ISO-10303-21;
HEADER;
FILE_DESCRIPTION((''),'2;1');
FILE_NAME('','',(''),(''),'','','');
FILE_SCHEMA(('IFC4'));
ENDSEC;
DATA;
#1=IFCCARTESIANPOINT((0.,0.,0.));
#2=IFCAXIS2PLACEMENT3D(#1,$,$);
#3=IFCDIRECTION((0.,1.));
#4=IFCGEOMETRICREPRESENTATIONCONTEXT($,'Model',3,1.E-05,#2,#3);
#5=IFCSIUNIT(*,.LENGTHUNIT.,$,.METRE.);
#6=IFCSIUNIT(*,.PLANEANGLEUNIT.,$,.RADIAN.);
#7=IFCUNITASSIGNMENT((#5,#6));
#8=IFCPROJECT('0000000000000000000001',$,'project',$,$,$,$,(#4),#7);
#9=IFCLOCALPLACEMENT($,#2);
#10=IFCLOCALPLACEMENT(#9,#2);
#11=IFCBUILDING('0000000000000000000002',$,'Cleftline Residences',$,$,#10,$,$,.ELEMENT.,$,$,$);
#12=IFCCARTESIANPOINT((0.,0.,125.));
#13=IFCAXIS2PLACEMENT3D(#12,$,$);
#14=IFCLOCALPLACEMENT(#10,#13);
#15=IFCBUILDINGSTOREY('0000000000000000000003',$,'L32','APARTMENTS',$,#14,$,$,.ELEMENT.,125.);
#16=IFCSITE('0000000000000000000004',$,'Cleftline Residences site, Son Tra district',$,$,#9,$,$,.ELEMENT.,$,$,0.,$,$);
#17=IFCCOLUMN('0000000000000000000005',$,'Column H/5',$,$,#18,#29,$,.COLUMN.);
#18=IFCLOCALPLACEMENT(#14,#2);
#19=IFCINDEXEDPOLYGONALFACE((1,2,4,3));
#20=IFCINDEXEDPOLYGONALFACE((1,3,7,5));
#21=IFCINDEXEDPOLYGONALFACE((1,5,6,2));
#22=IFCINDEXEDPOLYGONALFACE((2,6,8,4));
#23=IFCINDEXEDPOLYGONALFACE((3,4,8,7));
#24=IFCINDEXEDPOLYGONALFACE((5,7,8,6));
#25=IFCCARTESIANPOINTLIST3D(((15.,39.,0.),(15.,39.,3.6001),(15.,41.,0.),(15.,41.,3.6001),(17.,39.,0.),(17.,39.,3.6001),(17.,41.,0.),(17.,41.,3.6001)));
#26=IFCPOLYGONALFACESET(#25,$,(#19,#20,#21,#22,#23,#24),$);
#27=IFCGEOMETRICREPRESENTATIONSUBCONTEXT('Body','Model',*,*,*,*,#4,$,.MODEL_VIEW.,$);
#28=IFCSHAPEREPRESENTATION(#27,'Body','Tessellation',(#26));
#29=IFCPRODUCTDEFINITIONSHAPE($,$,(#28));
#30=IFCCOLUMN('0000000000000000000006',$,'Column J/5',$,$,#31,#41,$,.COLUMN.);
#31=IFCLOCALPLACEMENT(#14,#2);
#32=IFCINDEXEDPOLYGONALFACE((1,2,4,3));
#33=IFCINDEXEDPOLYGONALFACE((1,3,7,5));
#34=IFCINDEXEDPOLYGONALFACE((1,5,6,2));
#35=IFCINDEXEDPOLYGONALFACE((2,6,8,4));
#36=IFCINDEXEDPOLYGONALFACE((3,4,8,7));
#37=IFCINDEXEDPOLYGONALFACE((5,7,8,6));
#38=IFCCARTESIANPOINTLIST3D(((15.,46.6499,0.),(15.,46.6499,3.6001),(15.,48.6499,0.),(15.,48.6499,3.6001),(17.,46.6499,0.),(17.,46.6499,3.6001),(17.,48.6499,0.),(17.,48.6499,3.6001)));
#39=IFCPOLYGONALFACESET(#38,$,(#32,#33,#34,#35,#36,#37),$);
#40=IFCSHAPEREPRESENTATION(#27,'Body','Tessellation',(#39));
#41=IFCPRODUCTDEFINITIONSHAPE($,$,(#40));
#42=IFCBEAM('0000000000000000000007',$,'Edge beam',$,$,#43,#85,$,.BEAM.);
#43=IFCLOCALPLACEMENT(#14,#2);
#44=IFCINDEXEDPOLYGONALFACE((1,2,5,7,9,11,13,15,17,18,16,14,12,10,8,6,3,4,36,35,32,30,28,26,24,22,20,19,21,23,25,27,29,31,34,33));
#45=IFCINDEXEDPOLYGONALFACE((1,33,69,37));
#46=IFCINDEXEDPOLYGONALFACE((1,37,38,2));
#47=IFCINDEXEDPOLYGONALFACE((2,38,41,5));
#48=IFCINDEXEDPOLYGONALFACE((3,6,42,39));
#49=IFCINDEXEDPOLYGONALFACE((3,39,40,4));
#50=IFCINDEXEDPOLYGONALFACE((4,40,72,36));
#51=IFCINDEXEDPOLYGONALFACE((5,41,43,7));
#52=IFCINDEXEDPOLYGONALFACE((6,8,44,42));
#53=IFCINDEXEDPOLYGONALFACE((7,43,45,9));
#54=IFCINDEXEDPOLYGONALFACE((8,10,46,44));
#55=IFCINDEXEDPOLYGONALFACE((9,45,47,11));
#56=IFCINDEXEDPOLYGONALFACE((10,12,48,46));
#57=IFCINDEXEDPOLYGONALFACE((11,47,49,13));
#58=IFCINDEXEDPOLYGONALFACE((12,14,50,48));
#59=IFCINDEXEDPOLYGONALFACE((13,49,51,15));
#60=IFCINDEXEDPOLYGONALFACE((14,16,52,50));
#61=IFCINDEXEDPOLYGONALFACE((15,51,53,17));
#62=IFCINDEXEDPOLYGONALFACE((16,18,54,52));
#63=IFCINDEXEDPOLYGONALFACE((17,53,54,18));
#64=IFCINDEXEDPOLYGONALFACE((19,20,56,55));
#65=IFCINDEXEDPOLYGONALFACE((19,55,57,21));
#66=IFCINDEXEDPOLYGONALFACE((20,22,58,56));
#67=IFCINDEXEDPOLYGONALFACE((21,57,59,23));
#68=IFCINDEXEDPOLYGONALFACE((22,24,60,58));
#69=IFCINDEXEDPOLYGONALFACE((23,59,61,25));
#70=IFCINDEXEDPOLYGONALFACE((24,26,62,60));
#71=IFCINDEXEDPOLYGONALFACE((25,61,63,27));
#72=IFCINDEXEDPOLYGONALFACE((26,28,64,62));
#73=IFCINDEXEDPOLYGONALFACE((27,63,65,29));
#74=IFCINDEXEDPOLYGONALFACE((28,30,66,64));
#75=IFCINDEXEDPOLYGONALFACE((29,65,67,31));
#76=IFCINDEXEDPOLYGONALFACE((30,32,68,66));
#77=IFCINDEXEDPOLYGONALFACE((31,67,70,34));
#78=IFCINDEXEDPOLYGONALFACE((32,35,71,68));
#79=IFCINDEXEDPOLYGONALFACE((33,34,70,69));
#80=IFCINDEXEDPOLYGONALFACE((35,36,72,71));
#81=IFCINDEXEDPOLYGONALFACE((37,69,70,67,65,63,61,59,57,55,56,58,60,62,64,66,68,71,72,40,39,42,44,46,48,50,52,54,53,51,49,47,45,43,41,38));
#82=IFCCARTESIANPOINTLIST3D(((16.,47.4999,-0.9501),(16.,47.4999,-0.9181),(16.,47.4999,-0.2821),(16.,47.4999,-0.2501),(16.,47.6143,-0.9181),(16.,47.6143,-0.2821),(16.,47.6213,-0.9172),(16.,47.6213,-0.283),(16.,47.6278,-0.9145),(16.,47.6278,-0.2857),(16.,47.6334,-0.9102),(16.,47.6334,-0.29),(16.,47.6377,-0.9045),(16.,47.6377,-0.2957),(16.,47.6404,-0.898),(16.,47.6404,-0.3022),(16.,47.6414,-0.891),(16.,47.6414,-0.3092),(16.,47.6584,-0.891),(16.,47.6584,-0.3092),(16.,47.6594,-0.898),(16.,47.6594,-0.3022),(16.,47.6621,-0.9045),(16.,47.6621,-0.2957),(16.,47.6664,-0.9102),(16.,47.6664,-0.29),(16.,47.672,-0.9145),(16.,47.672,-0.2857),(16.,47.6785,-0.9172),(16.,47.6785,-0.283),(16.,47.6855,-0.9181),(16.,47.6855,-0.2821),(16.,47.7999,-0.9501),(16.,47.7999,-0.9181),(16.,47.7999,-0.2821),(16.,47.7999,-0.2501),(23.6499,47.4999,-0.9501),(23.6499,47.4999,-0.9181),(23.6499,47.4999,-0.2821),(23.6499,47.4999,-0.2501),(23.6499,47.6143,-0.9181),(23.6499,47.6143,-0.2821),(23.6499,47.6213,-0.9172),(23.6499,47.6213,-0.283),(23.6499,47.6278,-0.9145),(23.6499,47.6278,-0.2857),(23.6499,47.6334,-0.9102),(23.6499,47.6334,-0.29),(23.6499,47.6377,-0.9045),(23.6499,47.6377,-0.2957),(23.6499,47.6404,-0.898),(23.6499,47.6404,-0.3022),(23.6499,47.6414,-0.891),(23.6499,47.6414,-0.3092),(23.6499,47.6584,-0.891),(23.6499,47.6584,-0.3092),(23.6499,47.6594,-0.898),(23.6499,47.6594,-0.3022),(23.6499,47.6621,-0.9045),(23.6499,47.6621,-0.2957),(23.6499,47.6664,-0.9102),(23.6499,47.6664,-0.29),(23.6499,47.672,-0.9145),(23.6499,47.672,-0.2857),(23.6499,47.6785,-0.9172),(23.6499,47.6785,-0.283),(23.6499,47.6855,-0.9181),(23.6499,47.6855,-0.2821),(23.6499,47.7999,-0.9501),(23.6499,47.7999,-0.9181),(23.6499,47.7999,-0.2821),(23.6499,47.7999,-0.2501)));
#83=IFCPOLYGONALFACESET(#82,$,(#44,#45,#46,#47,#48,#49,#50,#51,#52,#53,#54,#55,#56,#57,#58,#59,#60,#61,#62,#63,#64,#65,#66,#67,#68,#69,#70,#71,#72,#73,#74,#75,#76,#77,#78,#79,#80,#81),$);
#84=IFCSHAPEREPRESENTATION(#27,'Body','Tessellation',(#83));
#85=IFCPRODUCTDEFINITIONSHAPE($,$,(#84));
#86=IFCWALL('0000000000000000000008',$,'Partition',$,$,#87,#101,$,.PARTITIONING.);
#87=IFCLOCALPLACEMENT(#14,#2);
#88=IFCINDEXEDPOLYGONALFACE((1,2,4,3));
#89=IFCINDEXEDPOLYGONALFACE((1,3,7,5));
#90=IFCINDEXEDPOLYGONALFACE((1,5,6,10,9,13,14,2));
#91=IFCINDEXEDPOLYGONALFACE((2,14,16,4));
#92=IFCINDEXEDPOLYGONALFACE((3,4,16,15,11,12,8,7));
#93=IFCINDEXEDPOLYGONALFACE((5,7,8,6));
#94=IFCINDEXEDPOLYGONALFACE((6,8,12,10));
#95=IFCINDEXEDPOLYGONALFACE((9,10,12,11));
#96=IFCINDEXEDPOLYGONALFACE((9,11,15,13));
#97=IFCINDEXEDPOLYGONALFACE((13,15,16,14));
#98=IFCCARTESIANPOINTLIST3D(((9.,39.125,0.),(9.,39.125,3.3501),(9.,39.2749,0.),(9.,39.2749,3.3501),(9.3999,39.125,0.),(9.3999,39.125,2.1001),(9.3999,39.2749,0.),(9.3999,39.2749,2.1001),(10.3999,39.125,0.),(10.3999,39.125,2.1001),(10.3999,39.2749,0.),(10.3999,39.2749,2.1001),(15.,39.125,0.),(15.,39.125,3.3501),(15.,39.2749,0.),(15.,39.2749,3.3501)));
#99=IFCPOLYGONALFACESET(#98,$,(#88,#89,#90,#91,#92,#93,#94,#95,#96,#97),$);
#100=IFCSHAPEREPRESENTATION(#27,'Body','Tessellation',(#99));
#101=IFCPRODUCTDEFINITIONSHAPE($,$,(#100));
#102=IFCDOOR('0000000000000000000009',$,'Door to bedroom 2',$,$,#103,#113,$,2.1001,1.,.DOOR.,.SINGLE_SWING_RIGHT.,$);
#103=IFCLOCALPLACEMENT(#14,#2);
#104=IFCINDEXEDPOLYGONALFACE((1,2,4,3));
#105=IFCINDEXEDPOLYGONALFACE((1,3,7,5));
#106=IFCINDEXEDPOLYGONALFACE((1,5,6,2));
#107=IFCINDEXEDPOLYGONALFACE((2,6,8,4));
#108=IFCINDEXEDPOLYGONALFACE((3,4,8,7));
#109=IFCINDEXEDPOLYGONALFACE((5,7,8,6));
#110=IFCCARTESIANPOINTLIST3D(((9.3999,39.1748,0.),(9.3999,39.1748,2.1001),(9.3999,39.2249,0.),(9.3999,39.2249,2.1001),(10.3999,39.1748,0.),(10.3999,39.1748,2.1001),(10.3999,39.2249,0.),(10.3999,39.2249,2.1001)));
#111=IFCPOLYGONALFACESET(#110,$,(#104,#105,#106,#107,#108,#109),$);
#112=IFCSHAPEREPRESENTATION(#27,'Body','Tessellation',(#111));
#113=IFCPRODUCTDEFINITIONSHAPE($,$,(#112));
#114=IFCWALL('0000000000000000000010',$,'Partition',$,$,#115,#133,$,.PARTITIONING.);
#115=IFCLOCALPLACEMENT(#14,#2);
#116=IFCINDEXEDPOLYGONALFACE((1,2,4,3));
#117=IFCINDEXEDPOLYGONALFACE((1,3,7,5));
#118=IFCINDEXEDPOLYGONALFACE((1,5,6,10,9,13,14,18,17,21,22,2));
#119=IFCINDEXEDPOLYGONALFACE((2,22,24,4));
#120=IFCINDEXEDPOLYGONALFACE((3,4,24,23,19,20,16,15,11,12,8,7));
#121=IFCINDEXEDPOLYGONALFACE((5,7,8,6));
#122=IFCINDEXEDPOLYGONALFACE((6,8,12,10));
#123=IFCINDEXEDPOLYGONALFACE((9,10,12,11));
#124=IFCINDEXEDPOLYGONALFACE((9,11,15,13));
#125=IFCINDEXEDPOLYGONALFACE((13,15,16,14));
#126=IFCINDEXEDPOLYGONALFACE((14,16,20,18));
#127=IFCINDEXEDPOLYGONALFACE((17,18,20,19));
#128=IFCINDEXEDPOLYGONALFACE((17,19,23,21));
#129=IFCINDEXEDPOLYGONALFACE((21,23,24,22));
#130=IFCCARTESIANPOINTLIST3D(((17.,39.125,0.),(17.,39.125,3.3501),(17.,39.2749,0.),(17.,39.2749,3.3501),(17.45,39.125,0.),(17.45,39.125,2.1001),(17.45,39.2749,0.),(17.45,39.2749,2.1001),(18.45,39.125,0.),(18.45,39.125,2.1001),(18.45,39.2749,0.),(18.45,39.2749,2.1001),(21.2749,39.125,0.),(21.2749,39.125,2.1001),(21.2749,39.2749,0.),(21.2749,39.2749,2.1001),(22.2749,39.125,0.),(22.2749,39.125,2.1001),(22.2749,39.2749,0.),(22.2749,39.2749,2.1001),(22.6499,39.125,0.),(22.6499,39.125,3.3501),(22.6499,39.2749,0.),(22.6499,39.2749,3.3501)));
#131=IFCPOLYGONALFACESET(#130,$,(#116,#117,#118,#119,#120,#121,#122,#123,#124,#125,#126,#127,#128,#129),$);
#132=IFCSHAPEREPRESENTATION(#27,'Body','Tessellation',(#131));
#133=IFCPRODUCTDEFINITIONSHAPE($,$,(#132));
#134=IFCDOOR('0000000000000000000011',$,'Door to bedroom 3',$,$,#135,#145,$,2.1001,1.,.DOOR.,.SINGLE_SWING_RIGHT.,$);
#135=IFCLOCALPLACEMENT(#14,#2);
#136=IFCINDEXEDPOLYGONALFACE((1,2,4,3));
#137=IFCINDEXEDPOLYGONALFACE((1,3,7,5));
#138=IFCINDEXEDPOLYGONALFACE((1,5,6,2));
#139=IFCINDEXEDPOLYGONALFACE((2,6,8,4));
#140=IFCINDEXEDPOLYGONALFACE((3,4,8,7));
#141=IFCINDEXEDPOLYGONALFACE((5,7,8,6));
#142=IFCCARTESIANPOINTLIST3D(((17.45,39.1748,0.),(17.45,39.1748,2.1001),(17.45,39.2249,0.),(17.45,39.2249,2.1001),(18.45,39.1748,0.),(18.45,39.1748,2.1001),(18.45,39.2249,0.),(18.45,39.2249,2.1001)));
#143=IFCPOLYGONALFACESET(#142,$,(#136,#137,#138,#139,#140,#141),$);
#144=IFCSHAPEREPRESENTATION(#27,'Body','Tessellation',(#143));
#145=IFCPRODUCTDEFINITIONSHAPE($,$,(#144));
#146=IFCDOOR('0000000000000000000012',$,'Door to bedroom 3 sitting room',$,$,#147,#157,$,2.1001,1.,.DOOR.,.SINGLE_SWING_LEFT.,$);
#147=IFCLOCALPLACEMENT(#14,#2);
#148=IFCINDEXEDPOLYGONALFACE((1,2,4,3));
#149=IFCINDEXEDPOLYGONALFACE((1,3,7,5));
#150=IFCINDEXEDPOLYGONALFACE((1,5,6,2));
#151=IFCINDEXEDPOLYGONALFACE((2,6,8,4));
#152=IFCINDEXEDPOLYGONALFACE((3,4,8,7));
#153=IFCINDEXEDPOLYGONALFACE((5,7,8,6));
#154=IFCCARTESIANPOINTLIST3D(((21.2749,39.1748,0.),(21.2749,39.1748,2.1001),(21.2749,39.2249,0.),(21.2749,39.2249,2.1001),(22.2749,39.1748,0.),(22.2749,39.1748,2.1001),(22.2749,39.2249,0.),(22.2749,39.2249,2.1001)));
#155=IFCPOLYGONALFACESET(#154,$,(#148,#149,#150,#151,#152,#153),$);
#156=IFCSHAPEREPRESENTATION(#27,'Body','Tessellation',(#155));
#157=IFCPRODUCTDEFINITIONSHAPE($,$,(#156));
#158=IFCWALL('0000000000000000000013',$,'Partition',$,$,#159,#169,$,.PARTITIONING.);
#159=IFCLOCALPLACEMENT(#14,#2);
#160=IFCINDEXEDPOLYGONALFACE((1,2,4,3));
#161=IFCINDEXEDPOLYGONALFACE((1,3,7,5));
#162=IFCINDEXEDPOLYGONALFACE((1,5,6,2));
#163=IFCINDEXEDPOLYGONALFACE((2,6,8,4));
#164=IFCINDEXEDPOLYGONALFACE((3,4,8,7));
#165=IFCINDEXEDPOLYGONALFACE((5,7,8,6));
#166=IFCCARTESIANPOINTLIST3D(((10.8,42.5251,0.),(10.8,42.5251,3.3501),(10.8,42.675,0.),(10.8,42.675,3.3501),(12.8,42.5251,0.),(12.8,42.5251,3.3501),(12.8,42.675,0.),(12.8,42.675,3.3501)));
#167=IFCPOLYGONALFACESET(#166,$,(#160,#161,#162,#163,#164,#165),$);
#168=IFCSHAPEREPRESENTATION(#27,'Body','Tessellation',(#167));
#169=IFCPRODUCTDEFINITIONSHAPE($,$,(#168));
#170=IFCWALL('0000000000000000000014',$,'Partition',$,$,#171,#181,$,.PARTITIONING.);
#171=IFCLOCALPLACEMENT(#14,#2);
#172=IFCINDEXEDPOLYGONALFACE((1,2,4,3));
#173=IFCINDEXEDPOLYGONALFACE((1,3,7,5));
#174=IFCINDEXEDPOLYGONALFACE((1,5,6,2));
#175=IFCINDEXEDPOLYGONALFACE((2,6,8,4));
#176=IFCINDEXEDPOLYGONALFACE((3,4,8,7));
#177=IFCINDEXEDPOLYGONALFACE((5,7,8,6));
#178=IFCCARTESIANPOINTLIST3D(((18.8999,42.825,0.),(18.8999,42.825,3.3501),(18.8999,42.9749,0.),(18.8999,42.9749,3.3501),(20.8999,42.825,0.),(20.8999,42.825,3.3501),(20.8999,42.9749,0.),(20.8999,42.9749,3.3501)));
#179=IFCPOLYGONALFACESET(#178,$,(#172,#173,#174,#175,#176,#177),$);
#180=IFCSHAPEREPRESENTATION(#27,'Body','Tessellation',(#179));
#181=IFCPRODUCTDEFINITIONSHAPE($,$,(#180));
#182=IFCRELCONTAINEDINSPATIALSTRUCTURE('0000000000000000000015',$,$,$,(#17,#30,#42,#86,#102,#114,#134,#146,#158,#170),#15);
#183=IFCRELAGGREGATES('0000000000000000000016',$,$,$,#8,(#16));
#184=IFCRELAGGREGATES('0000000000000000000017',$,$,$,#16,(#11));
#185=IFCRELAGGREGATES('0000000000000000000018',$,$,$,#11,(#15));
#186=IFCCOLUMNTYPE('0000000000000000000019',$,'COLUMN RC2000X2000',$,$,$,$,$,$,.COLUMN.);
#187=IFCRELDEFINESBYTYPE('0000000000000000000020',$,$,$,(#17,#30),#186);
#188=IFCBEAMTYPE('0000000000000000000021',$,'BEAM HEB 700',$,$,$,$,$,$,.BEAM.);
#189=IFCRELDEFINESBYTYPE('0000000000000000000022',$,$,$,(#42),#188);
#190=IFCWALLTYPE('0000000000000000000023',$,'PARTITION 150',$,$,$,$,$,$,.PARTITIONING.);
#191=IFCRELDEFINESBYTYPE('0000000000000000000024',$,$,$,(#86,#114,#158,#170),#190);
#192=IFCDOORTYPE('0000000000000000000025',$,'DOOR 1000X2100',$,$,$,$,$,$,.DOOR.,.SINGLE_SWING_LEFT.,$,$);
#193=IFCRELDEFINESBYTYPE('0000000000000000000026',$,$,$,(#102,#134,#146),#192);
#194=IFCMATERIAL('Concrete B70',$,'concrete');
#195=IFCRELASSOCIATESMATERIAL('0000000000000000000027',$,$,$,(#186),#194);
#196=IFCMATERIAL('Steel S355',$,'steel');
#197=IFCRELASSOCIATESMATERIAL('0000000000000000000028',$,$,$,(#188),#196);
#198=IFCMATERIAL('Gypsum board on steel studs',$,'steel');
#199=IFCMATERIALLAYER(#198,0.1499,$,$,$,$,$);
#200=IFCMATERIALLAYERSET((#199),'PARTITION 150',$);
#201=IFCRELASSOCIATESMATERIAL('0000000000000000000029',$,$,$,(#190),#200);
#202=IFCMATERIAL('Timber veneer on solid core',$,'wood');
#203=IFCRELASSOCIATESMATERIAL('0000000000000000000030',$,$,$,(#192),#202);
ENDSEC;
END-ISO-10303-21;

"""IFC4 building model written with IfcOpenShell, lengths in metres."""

from ifc_helpers import new_model, si_unit, direction, frame, frame_2d, origin, origin_2d, place, context, subcontext, project, spatial, rectangle, i_section, extrude, material, layer, layer_set, material_profile, profile_set, type_object, element, fill, save


model = new_model("IFC4")

# Units and contexts
model_context = context("Model", 3, precision=1e-05, world=origin(), true_north=direction((0.0, 1.0)))
body_context = subcontext(model_context, "Body", "Model", "MODEL_VIEW")
ifc_project = project(units=[si_unit("LENGTHUNIT", "METRE"), si_unit("PLANEANGLEUNIT", "RADIAN")], contexts=[model_context])

# Site, building, storey
site_placement = place(None, origin())
site = spatial("IfcSite", under=ifc_project, at=site_placement, Name="Cleftline Residences site, Son Tra district", CompositionType="ELEMENT", RefElevation=0.0)
building_placement = place(site_placement, origin())
building = spatial("IfcBuilding", under=site, at=building_placement, Name="Cleftline Residences", CompositionType="ELEMENT")
storey_placement = place(building_placement, frame((0.0, 0.0, 125.0)))
storey = spatial("IfcBuildingStorey", under=building, at=storey_placement, Name="L32", Description="APARTMENTS", CompositionType="ELEMENT", Elevation=125.0)

# Columns
ifc_material_1 = material(Name="Concrete B70", Category="concrete")
ifc_material_profile_1 = material_profile(ifc_material_1, rectangle(XDim=2.0, YDim=2.0, at=origin_2d()))
ifc_profile_set_1 = profile_set([ifc_material_profile_1], Name="Concrete B70")
column_type = type_object("IfcColumnType", Name="COLUMN RC2000X2000", PredefinedType="COLUMN", material=ifc_profile_set_1)
for number, where, z_axis, x_axis, name in (
    (1, (16.0, 40.0, 0.0), (0.0, 0.0, 1.0), (1.0, 0.0, 0.0), "Column H/5"),
    (2, (16.0, 47.6499, 0.0), (0.0, 0.0, 1.0), (1.0, 0.0, 0.0), "Column J/5"),
):
    element("IfcColumn", number, at=place(storey_placement, frame(where, z_axis=z_axis, x_axis=x_axis)), inside=storey, type_object=column_type, Name=name, PredefinedType="COLUMN", context=body_context, shape_type="SweptSolid", body=[
        extrude(rectangle(XDim=2.0, YDim=2.0, at=origin_2d()), origin(), (0.0, 0.0, 1.0), 3.6001),
    ])

# Beam
ifc_material_2 = material(Name="Steel S355", Category="steel")
ifc_material_profile_2 = material_profile(ifc_material_2, i_section(OverallWidth=0.3, OverallDepth=0.7, WebThickness=0.0171, FlangeThickness=0.032, FilletRadius=0.0271, at=origin_2d()))
ifc_profile_set_2 = profile_set([ifc_material_profile_2], Name="Steel S355")
beam_type = type_object("IfcBeamType", Name="BEAM HEB 700", PredefinedType="BEAM", material=ifc_profile_set_2)
beam_placement = place(storey_placement, frame((16.0, 47.6499, -0.6001), z_axis=(1.0, 0.0, 0.0), x_axis=(0.0, 1.0, 0.0)))
element("IfcBeam", 3, at=beam_placement, inside=storey, type_object=beam_type, Name="Edge beam", PredefinedType="BEAM", context=body_context, shape_type="SweptSolid", body=[
    extrude(i_section(OverallWidth=0.3, OverallDepth=0.7, WebThickness=0.0171, FlangeThickness=0.032, FilletRadius=0.0271, at=origin_2d()), origin(), (0.0, 0.0, 1.0), 7.6499),
])

# Wall, opening, door
ifc_material_3 = material(Name="Gypsum board on steel studs", Category="steel")
ifc_layer = layer(ifc_material_3, 0.1499)
ifc_layer_set = layer_set([ifc_layer], Name="PARTITION 150")
wall_type = type_object("IfcWallType", Name="PARTITION 150", PredefinedType="PARTITIONING", material=ifc_layer_set)
wall_1_placement = place(storey_placement, frame((9.0, 39.2, 0.0), z_axis=(0.0, 0.0, 1.0), x_axis=(1.0, 0.0, 0.0)))
wall_1 = element("IfcWall", 4, at=wall_1_placement, inside=storey, type_object=wall_type, Name="Partition", PredefinedType="PARTITIONING", context=body_context, shape_type="SweptSolid", body=[
    extrude(rectangle(XDim=6.0, YDim=0.1499, at=frame_2d((3.0, 0.0))), origin(), (0.0, 0.0, 1.0), 3.3501),
])
opening_1_placement = place(wall_1_placement, frame((0.3999, 0.0, 0.0)))
opening_1 = element("IfcOpeningElement", 5, at=opening_1_placement, cuts=wall_1, PredefinedType="OPENING", context=body_context, shape_type="SweptSolid", body=[
    extrude(rectangle(XDim=1.0, YDim=2.1001, at=frame_2d((0.5, 1.05))), frame((0.0, 0.085, 0.0), z_axis=(0.0, -1.0, 0.0), x_axis=(1.0, 0.0, 0.0)), (0.0, 0.0, 1.0), 0.1699),
])
ifc_material_4 = material(Name="Timber veneer on solid core", Category="wood")
door_type_1 = type_object("IfcDoorType", Name="DOOR 1000X2100", OperationType="SINGLE_SWING_LEFT", PredefinedType="DOOR", material=ifc_material_4)
door_1_placement = place(opening_1_placement, origin())
door_1 = element("IfcDoor", 6, at=door_1_placement, inside=storey, type_object=door_type_1, Name="Door to bedroom 2", OperationType="SINGLE_SWING_RIGHT", OverallHeight=2.1001, OverallWidth=1.0, PredefinedType="DOOR", context=body_context, shape_type="SweptSolid", body=[
    extrude(rectangle(XDim=1.0, YDim=2.1001, at=frame_2d((0.5, 1.05))), frame((0.0, 0.0249, 0.0), z_axis=(0.0, -1.0, 0.0), x_axis=(1.0, 0.0, 0.0)), (0.0, 0.0, 1.0), 0.05),
])
fill(opening_1, door_1)

# Wall, openings, doors
wall_2_placement = place(storey_placement, frame((17.0, 39.2, 0.0), z_axis=(0.0, 0.0, 1.0), x_axis=(1.0, 0.0, 0.0)))
wall_2 = element("IfcWall", 7, at=wall_2_placement, inside=storey, type_object=wall_type, Name="Partition", PredefinedType="PARTITIONING", context=body_context, shape_type="SweptSolid", body=[
    extrude(rectangle(XDim=5.6499, YDim=0.1499, at=frame_2d((2.825, 0.0))), origin(), (0.0, 0.0, 1.0), 3.3501),
])
opening_2_placement = place(wall_2_placement, frame((0.45, 0.0, 0.0)))
opening_2 = element("IfcOpeningElement", 8, at=opening_2_placement, cuts=wall_2, PredefinedType="OPENING", context=body_context, shape_type="SweptSolid", body=[
    extrude(rectangle(XDim=1.0, YDim=2.1001, at=frame_2d((0.5, 1.05))), frame((0.0, 0.085, 0.0), z_axis=(0.0, -1.0, 0.0), x_axis=(1.0, 0.0, 0.0)), (0.0, 0.0, 1.0), 0.1699),
])
opening_3_placement = place(wall_2_placement, frame((4.2749, 0.0, 0.0)))
opening_3 = element("IfcOpeningElement", 9, at=opening_3_placement, cuts=wall_2, PredefinedType="OPENING", context=body_context, shape_type="SweptSolid", body=[
    extrude(rectangle(XDim=1.0, YDim=2.1001, at=frame_2d((0.5, 1.05))), frame((0.0, 0.085, 0.0), z_axis=(0.0, -1.0, 0.0), x_axis=(1.0, 0.0, 0.0)), (0.0, 0.0, 1.0), 0.1699),
])
door_2_placement = place(opening_2_placement, origin())
door_2 = element("IfcDoor", 10, at=door_2_placement, inside=storey, type_object=door_type_1, Name="Door to bedroom 3", OperationType="SINGLE_SWING_RIGHT", OverallHeight=2.1001, OverallWidth=1.0, PredefinedType="DOOR", context=body_context, shape_type="SweptSolid", body=[
    extrude(rectangle(XDim=1.0, YDim=2.1001, at=frame_2d((0.5, 1.05))), frame((0.0, 0.0249, 0.0), z_axis=(0.0, -1.0, 0.0), x_axis=(1.0, 0.0, 0.0)), (0.0, 0.0, 1.0), 0.05),
])
fill(opening_2, door_2)
door_3_placement = place(opening_3_placement, origin())
door_3 = element("IfcDoor", 11, at=door_3_placement, inside=storey, type_object=door_type_1, Name="Door to bedroom 3 sitting room", OperationType="SINGLE_SWING_LEFT", OverallHeight=2.1001, OverallWidth=1.0, PredefinedType="DOOR", context=body_context, shape_type="SweptSolid", body=[
    extrude(rectangle(XDim=1.0, YDim=2.1001, at=frame_2d((0.5, 1.05))), frame((0.0, 0.0249, 0.0), z_axis=(0.0, -1.0, 0.0), x_axis=(1.0, 0.0, 0.0)), (0.0, 0.0, 1.0), 0.05),
])
fill(opening_3, door_3)

# Walls
for number, where, z_axis, x_axis, name in (
    (12, (10.8, 42.6001, 0.0), (0.0, 0.0, 1.0), (1.0, 0.0, 0.0), "Partition"),
    (13, (18.8999, 42.8999, 0.0), (0.0, 0.0, 1.0), (1.0, 0.0, 0.0), "Partition"),
):
    element("IfcWall", number, at=place(storey_placement, frame(where, z_axis=z_axis, x_axis=x_axis)), inside=storey, type_object=wall_type, Name=name, PredefinedType="PARTITIONING", context=body_context, shape_type="SweptSolid", body=[
        extrude(rectangle(XDim=2.0, YDim=0.1499, at=frame_2d((1.0, 0.0))), origin(), (0.0, 0.0, 1.0), 3.3501),
    ])

save(model, "model.ifc")
